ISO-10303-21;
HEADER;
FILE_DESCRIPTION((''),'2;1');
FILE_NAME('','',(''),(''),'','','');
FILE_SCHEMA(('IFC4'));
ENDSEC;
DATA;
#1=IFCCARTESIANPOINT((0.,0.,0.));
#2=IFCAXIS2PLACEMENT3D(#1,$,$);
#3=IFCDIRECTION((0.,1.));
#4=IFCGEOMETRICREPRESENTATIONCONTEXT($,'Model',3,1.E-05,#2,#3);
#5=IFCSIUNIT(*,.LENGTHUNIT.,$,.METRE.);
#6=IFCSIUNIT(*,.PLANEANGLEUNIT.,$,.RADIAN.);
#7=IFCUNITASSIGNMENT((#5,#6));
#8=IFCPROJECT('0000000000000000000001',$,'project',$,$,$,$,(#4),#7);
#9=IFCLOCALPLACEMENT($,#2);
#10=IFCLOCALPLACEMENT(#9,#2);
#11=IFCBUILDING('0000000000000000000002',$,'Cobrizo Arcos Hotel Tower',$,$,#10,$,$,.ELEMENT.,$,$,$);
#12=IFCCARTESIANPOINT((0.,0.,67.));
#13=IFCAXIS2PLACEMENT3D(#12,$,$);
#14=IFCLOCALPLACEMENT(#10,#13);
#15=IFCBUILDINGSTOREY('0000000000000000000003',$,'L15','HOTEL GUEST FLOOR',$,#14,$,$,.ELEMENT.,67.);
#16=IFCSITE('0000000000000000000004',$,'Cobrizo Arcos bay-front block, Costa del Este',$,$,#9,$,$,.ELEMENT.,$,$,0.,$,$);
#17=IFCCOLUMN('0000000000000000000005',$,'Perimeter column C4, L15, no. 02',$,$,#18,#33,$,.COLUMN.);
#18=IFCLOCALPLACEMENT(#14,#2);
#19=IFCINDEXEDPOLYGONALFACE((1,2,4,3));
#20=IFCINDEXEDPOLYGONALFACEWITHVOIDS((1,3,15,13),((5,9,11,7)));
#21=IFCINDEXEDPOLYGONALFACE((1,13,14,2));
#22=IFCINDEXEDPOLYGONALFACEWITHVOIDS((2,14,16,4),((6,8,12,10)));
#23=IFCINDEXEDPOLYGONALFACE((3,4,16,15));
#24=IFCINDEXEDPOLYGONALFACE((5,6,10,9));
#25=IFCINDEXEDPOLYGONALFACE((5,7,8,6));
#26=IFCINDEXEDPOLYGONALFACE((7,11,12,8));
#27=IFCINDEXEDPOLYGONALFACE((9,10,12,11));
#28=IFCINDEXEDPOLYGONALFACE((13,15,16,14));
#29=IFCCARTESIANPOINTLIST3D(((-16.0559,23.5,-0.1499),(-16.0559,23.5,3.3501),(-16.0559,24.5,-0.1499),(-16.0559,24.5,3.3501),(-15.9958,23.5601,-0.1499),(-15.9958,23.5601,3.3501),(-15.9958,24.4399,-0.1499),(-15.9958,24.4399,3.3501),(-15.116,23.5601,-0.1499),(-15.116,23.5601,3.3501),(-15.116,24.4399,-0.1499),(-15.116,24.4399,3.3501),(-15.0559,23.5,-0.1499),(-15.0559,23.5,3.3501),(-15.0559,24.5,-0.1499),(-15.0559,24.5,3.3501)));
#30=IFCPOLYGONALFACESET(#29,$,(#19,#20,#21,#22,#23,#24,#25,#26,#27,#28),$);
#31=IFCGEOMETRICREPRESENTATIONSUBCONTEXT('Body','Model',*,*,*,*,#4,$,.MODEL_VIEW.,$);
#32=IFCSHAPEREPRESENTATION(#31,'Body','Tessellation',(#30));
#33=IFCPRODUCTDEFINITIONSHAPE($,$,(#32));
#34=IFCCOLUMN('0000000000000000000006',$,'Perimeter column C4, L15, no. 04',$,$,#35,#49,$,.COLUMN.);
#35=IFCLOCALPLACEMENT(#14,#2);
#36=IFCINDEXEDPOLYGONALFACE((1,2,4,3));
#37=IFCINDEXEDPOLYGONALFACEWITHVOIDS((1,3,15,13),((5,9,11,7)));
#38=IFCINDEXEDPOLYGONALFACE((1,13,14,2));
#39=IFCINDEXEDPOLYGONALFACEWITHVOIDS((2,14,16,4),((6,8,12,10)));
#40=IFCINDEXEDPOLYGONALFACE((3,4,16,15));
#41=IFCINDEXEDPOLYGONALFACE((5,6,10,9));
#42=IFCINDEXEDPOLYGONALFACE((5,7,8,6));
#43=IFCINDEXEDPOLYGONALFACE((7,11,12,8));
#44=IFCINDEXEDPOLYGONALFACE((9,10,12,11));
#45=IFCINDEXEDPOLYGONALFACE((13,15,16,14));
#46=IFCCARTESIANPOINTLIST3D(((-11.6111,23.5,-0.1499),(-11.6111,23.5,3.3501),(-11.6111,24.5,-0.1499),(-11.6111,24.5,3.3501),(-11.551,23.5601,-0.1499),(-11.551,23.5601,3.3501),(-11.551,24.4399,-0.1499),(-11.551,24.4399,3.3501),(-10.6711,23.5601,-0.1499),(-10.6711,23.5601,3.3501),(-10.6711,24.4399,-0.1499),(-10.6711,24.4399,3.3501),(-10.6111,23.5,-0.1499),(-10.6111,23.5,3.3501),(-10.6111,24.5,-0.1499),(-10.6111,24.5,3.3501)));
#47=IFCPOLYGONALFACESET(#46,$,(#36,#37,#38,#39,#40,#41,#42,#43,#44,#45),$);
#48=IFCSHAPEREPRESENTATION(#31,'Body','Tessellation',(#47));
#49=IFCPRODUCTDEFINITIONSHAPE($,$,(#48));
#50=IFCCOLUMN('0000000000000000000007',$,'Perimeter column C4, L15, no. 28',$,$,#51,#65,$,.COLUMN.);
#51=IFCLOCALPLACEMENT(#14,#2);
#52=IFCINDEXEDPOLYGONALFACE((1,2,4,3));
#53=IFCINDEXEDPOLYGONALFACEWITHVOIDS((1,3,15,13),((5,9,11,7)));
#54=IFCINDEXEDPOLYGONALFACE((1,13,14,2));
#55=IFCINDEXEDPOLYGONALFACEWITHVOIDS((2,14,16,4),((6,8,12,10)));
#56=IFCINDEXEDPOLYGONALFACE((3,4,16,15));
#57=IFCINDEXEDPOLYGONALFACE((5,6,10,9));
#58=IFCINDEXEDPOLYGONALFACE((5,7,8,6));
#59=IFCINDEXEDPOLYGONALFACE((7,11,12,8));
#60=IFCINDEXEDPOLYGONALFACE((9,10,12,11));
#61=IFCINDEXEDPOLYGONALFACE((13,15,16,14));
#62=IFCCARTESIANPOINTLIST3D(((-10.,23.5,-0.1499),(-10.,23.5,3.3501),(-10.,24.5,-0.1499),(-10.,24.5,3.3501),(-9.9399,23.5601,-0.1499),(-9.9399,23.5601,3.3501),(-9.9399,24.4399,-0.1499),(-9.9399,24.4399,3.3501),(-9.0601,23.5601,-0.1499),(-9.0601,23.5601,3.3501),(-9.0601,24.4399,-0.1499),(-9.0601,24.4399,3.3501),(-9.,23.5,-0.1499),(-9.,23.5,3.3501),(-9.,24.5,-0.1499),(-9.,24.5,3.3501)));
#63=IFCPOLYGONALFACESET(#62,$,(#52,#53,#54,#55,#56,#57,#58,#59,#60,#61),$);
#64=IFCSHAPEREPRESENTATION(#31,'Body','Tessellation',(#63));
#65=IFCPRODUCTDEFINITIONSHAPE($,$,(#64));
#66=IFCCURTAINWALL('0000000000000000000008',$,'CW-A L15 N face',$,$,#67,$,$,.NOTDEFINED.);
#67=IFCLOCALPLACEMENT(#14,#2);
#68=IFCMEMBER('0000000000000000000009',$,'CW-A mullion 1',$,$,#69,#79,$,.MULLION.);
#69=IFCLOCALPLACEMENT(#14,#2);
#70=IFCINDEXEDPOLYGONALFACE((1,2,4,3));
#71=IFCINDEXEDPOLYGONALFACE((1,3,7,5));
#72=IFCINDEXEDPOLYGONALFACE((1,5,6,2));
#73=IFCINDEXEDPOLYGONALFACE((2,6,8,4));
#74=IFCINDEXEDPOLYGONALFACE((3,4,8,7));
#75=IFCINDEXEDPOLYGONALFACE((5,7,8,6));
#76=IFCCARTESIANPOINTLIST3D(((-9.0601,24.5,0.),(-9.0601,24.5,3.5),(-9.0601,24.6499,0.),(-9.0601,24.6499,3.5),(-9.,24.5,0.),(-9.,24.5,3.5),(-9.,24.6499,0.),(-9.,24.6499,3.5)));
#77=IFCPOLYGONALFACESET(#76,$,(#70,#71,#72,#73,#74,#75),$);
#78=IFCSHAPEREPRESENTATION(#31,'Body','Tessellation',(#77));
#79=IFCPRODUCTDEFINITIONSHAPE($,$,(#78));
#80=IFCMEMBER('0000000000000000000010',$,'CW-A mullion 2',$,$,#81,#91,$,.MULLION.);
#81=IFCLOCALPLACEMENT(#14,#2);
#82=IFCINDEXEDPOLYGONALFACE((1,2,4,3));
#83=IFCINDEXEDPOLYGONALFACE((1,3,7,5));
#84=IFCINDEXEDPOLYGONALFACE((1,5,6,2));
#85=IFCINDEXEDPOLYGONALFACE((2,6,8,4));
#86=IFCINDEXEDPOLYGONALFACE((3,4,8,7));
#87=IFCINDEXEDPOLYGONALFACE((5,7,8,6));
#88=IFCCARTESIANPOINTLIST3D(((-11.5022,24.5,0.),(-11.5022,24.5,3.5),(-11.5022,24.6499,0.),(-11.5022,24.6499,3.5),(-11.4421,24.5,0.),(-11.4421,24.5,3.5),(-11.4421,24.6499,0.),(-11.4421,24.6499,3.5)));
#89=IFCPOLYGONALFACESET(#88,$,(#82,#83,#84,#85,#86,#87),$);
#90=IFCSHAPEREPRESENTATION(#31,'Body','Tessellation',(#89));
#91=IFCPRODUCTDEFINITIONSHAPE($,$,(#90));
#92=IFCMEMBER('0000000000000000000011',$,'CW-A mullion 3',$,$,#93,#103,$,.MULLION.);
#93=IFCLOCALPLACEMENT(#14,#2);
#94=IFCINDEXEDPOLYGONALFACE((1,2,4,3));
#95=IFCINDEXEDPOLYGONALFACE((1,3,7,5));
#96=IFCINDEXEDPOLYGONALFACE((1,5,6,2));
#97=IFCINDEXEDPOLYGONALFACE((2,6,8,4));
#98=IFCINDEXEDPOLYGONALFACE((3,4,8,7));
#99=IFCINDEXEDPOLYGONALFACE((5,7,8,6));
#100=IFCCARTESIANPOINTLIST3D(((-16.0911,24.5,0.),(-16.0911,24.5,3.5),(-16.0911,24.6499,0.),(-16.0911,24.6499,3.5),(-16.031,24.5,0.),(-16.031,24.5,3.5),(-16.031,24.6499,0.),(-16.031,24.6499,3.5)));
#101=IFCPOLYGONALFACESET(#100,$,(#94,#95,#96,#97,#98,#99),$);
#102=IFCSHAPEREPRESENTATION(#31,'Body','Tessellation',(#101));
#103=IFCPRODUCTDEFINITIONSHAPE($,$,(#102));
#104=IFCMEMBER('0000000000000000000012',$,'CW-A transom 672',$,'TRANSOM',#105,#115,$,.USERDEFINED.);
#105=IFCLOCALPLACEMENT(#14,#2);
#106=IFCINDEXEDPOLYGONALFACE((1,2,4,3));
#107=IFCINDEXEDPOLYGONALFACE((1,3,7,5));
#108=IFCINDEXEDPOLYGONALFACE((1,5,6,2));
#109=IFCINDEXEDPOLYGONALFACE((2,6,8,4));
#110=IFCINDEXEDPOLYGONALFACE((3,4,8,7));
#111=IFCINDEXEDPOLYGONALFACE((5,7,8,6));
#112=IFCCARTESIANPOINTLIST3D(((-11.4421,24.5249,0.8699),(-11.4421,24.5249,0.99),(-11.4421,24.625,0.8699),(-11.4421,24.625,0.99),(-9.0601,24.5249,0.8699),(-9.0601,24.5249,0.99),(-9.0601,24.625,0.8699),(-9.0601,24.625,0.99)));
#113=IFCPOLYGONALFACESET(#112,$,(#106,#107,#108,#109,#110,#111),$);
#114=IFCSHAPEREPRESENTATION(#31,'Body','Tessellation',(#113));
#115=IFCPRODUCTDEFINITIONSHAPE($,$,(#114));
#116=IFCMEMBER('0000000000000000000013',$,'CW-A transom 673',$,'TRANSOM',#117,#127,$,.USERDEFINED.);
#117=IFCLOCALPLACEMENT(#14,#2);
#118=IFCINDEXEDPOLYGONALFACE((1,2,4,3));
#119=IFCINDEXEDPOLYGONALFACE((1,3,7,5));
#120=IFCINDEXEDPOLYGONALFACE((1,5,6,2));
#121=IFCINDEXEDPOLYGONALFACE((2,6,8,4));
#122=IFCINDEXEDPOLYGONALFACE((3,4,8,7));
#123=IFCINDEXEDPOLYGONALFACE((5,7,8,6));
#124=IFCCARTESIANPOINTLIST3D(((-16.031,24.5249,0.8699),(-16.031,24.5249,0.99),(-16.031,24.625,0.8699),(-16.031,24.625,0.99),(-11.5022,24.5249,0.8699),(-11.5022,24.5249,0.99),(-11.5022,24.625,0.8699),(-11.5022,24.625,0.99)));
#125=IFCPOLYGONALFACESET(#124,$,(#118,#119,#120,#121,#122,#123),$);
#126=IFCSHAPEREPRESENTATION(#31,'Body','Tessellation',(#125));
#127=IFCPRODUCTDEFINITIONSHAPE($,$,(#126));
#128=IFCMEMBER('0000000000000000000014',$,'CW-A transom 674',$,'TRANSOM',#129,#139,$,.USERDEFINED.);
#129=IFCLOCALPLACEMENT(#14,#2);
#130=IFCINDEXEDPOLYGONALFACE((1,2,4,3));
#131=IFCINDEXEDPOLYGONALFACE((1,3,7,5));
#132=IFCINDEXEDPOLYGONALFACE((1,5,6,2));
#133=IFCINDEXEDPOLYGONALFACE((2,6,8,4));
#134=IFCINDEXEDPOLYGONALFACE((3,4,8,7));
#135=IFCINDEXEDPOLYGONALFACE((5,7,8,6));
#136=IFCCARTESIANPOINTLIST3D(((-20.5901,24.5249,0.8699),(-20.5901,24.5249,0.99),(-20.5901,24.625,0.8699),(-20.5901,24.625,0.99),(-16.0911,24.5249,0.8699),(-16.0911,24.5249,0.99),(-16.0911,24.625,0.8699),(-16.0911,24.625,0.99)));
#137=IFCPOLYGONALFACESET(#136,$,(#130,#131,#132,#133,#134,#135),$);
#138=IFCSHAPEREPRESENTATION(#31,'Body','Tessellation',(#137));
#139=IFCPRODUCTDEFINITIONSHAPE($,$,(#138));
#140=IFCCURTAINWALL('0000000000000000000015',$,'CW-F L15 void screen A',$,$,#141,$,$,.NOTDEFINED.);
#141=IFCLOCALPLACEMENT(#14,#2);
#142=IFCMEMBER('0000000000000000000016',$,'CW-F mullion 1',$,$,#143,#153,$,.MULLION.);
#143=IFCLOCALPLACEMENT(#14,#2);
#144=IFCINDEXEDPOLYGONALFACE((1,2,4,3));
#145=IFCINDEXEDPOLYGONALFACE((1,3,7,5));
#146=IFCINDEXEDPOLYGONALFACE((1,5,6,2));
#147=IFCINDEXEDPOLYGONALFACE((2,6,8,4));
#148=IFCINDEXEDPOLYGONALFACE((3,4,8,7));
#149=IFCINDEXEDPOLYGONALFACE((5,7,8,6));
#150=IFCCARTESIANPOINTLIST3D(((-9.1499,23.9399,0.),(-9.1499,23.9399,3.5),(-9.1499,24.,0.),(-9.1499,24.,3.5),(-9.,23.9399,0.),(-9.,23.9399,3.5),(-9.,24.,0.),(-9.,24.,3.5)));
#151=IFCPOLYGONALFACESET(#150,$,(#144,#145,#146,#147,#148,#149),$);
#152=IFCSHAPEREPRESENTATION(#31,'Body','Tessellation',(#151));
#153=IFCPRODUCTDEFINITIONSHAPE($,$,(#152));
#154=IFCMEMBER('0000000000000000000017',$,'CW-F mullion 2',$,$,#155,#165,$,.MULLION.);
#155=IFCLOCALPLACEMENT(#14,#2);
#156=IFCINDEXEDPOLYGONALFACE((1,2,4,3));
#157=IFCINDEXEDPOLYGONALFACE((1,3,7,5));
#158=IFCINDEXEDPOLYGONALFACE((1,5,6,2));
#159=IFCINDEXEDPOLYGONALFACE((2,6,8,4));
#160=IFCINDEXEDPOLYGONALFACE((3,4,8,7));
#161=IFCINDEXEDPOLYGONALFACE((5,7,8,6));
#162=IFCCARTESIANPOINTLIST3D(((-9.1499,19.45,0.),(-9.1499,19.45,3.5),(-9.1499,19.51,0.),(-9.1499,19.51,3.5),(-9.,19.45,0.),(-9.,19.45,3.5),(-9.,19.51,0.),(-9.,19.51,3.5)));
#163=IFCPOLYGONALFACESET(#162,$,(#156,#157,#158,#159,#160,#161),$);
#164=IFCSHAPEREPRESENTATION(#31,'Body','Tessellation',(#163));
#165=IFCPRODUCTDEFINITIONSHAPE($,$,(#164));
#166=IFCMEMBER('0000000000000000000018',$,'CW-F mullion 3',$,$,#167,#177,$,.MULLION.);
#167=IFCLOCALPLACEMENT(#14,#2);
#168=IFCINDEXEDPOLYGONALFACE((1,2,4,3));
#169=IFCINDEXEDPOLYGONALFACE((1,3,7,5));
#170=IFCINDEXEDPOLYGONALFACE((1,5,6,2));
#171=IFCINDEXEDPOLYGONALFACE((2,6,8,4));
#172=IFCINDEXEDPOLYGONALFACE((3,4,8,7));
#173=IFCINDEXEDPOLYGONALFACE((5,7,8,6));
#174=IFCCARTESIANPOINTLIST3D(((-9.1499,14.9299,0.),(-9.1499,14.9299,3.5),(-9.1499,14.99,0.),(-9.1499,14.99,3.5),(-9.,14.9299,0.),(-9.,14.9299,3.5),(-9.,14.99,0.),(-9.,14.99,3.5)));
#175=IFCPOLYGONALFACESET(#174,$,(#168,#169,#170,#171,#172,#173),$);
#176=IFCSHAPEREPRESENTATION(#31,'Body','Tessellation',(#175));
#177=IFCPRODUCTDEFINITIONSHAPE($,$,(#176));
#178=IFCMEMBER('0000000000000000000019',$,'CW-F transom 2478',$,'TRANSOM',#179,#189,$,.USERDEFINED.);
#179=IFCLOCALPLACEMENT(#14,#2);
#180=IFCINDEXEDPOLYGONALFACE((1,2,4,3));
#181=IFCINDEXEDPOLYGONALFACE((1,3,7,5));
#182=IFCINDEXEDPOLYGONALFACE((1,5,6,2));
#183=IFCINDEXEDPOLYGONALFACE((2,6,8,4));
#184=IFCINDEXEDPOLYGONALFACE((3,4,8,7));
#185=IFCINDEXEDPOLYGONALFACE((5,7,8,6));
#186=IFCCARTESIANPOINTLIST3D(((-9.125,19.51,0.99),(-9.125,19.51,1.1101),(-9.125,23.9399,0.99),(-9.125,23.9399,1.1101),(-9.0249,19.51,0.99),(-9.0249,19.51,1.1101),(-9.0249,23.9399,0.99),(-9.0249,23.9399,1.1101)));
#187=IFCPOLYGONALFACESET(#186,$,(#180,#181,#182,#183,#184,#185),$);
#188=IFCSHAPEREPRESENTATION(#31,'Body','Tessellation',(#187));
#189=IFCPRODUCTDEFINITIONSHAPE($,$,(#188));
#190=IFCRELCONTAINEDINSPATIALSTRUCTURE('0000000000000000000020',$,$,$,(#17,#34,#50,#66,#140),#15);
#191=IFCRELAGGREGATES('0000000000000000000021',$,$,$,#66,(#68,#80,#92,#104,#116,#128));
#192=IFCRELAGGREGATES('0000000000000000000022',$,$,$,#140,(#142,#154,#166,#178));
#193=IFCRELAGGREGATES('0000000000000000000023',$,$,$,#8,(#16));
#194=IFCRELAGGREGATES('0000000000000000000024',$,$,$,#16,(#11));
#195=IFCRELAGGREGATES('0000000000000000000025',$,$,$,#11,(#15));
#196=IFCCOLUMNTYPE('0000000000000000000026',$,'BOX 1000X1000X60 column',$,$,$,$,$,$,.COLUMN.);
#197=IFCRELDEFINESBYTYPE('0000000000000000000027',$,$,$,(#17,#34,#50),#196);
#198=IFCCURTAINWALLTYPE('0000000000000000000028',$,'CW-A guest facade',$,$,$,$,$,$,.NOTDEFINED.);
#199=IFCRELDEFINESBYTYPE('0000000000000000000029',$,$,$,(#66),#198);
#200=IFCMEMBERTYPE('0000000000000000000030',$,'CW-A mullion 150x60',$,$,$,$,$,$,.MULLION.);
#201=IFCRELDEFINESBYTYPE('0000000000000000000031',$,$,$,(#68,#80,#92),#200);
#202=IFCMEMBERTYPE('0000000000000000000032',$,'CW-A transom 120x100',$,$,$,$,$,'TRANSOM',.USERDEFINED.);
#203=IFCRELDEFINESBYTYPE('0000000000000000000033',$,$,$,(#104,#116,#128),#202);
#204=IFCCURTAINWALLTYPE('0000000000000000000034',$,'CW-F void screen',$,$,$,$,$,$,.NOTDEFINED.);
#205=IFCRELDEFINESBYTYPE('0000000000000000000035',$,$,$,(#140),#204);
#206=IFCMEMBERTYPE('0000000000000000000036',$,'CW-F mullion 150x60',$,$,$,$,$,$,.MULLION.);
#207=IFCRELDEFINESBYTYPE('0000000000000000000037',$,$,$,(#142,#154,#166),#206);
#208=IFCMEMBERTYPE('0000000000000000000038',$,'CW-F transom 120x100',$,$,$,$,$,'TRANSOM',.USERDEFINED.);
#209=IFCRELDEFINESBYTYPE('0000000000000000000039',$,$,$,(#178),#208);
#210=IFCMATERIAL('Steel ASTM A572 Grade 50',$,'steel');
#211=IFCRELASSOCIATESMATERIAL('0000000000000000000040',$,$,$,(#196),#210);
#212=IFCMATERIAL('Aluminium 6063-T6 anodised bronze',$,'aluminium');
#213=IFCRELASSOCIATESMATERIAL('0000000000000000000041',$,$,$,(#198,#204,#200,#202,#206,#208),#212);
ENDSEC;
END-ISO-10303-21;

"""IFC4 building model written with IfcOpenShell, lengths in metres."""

from ifc_helpers import new_model, si_unit, direction, frame, origin, origin_2d, place, context, subcontext, project, spatial, rectangle, hollow_rectangle, extrude, material, material_profile, profile_set, type_object, element, aggregate, save


model = new_model("IFC4")

# Units and contexts
model_context = context("Model", 3, precision=1e-05, world=origin(), true_north=direction((0.0, 1.0)))
body_context = subcontext(model_context, "Body", "Model", "MODEL_VIEW")
ifc_project = project(units=[si_unit("LENGTHUNIT", "METRE"), si_unit("PLANEANGLEUNIT", "RADIAN")], contexts=[model_context])

# Site, building, storey
site_placement = place(None, origin())
site = spatial("IfcSite", under=ifc_project, at=site_placement, Name="Cobrizo Arcos bay-front block, Costa del Este", CompositionType="ELEMENT", RefElevation=0.0)
building_placement = place(site_placement, origin())
building = spatial("IfcBuilding", under=site, at=building_placement, Name="Cobrizo Arcos Hotel Tower", CompositionType="ELEMENT")
storey_placement = place(building_placement, frame((0.0, 0.0, 67.0)))
storey = spatial("IfcBuildingStorey", under=building, at=storey_placement, Name="L15", Description="HOTEL GUEST FLOOR", CompositionType="ELEMENT", Elevation=67.0)

# Columns
ifc_material_1 = material(Name="Steel ASTM A572 Grade 50", Category="steel")
ifc_material_profile_1 = material_profile(ifc_material_1, hollow_rectangle(XDim=1.0, YDim=1.0, WallThickness=0.0601, at=origin_2d()), Name="BOX 1000X1000X60")
ifc_profile_set_1 = profile_set([ifc_material_profile_1], Name="Steel ASTM A572 Grade 50")
column_type = type_object("IfcColumnType", Name="BOX 1000X1000X60 column", PredefinedType="COLUMN", material=ifc_profile_set_1)
for number, where, z_axis, x_axis, name in (
    (1, (-15.5559, 24.0, -0.1499), (0.0, 0.0, 1.0), (1.0, 0.0, 0.0), "Perimeter column C4, L15, no. 02"),
    (2, (-11.1111, 24.0, -0.1499), (0.0, 0.0, 1.0), (1.0, 0.0, 0.0), "Perimeter column C4, L15, no. 04"),
    (3, (-9.5, 24.0, -0.1499), (0.0, 0.0, 1.0), (1.0, 0.0, 0.0), "Perimeter column C4, L15, no. 28"),
):
    element("IfcColumn", number, at=place(storey_placement, frame(where, z_axis=z_axis, x_axis=x_axis)), inside=storey, type_object=column_type, Name=name, PredefinedType="COLUMN", context=body_context, shape_type="SweptSolid", body=[
        extrude(hollow_rectangle(XDim=1.0, YDim=1.0, WallThickness=0.0601, at=origin_2d()), origin(), (0.0, 0.0, 1.0), 3.5),
    ])

# Curtain walls, members
ifc_material_2 = material(Name="Aluminium 6063-T6 anodised bronze", Category="aluminium")
curtain_wall_type_1 = type_object("IfcCurtainWallType", Name="CW-A guest facade", PredefinedType="NOTDEFINED", material=ifc_material_2)
curtain_wall_1_placement = place(storey_placement, origin())
curtain_wall_1 = element("IfcCurtainWall", 4, at=curtain_wall_1_placement, inside=storey, type_object=curtain_wall_type_1, Name="CW-A L15 N face", PredefinedType="NOTDEFINED")
ifc_material_profile_2 = material_profile(ifc_material_2, rectangle(XDim=0.1499, YDim=0.0601, at=origin_2d()), Name="CW-A mullion 150x60")
ifc_profile_set_2 = profile_set([ifc_material_profile_2], Name="Aluminium 6063-T6 anodised bronze")
member_type_1 = type_object("IfcMemberType", Name="CW-A mullion 150x60", PredefinedType="MULLION", material=ifc_profile_set_2)
member_1_placement = place(storey_placement, frame((-9.03, 24.575, 0.0), z_axis=(0.0, 0.0, 1.0), x_axis=(0.0, 1.0, 0.0)))
member_1 = element("IfcMember", 5, at=member_1_placement, type_object=member_type_1, Name="CW-A mullion 1", PredefinedType="MULLION", context=body_context, shape_type="SweptSolid", body=[
    extrude(rectangle(XDim=0.1499, YDim=0.0601, at=origin_2d()), origin(), (0.0, 0.0, 1.0), 3.5),
])
member_2_placement = place(storey_placement, frame((-11.4722, 24.575, 0.0), z_axis=(0.0, 0.0, 1.0), x_axis=(0.0, 1.0, 0.0)))
member_2 = element("IfcMember", 6, at=member_2_placement, type_object=member_type_1, Name="CW-A mullion 2", PredefinedType="MULLION", context=body_context, shape_type="SweptSolid", body=[
    extrude(rectangle(XDim=0.1499, YDim=0.0601, at=origin_2d()), origin(), (0.0, 0.0, 1.0), 3.5),
])
member_3_placement = place(storey_placement, frame((-16.061, 24.575, 0.0), z_axis=(0.0, 0.0, 1.0), x_axis=(0.0, 1.0, 0.0)))
member_3 = element("IfcMember", 7, at=member_3_placement, type_object=member_type_1, Name="CW-A mullion 3", PredefinedType="MULLION", context=body_context, shape_type="SweptSolid", body=[
    extrude(rectangle(XDim=0.1499, YDim=0.0601, at=origin_2d()), origin(), (0.0, 0.0, 1.0), 3.5),
])
ifc_material_profile_3 = material_profile(ifc_material_2, rectangle(XDim=0.1001, YDim=0.1201, at=origin_2d()), Name="CW-A transom 120x100")
ifc_profile_set_3 = profile_set([ifc_material_profile_3], Name="Aluminium 6063-T6 anodised bronze")
member_type_2 = type_object("IfcMemberType", Name="CW-A transom 120x100", ElementType="TRANSOM", PredefinedType="USERDEFINED", material=ifc_profile_set_3)
member_4_placement = place(storey_placement, frame((-9.0601, 24.575, 0.9299), z_axis=(-1.0, 0.0, 0.0), x_axis=(0.0, -1.0, 0.0)))
member_4 = element("IfcMember", 8, at=member_4_placement, type_object=member_type_2, Name="CW-A transom 672", ObjectType="TRANSOM", PredefinedType="USERDEFINED", context=body_context, shape_type="SweptSolid", body=[
    extrude(rectangle(XDim=0.1001, YDim=0.1201, at=origin_2d()), origin(), (0.0, 0.0, 1.0), 2.3821),
])
member_5_placement = place(storey_placement, frame((-11.5022, 24.575, 0.9299), z_axis=(-1.0, 0.0, 0.0), x_axis=(0.0, -1.0, 0.0)))
member_5 = element("IfcMember", 9, at=member_5_placement, type_object=member_type_2, Name="CW-A transom 673", ObjectType="TRANSOM", PredefinedType="USERDEFINED", context=body_context, shape_type="SweptSolid", body=[
    extrude(rectangle(XDim=0.1001, YDim=0.1201, at=origin_2d()), origin(), (0.0, 0.0, 1.0), 4.5288),
])
member_6_placement = place(storey_placement, frame((-16.0911, 24.575, 0.9299), z_axis=(-1.0, 0.0, 0.0), x_axis=(0.0, -1.0, 0.0)))
member_6 = element("IfcMember", 10, at=member_6_placement, type_object=member_type_2, Name="CW-A transom 674", ObjectType="TRANSOM", PredefinedType="USERDEFINED", context=body_context, shape_type="SweptSolid", body=[
    extrude(rectangle(XDim=0.1001, YDim=0.1201, at=origin_2d()), origin(), (0.0, 0.0, 1.0), 4.499),
])
curtain_wall_type_2 = type_object("IfcCurtainWallType", Name="CW-F void screen", PredefinedType="NOTDEFINED", material=ifc_material_2)
curtain_wall_2_placement = place(storey_placement, origin())
curtain_wall_2 = element("IfcCurtainWall", 11, at=curtain_wall_2_placement, inside=storey, type_object=curtain_wall_type_2, Name="CW-F L15 void screen A", PredefinedType="NOTDEFINED")
ifc_material_profile_4 = material_profile(ifc_material_2, rectangle(XDim=0.1499, YDim=0.0601, at=origin_2d()), Name="CW-F mullion 150x60")
ifc_profile_set_4 = profile_set([ifc_material_profile_4], Name="Aluminium 6063-T6 anodised bronze")
member_type_3 = type_object("IfcMemberType", Name="CW-F mullion 150x60", PredefinedType="MULLION", material=ifc_profile_set_4)
member_7_placement = place(storey_placement, frame((-9.075, 23.97, 0.0), z_axis=(0.0, 0.0, 1.0), x_axis=(-1.0, 0.0, 0.0)))
member_7 = element("IfcMember", 12, at=member_7_placement, type_object=member_type_3, Name="CW-F mullion 1", PredefinedType="MULLION", context=body_context, shape_type="SweptSolid", body=[
    extrude(rectangle(XDim=0.1499, YDim=0.0601, at=origin_2d()), origin(), (0.0, 0.0, 1.0), 3.5),
])
member_8_placement = place(storey_placement, frame((-9.075, 19.48, 0.0), z_axis=(0.0, 0.0, 1.0), x_axis=(-1.0, 0.0, 0.0)))
member_8 = element("IfcMember", 13, at=member_8_placement, type_object=member_type_3, Name="CW-F mullion 2", PredefinedType="MULLION", context=body_context, shape_type="SweptSolid", body=[
    extrude(rectangle(XDim=0.1499, YDim=0.0601, at=origin_2d()), origin(), (0.0, 0.0, 1.0), 3.5),
])
member_9_placement = place(storey_placement, frame((-9.075, 14.96, 0.0), z_axis=(0.0, 0.0, 1.0), x_axis=(-1.0, 0.0, 0.0)))
member_9 = element("IfcMember", 14, at=member_9_placement, type_object=member_type_3, Name="CW-F mullion 3", PredefinedType="MULLION", context=body_context, shape_type="SweptSolid", body=[
    extrude(rectangle(XDim=0.1499, YDim=0.0601, at=origin_2d()), origin(), (0.0, 0.0, 1.0), 3.5),
])
ifc_material_profile_5 = material_profile(ifc_material_2, rectangle(XDim=0.1001, YDim=0.1201, at=origin_2d()), Name="CW-F transom 120x100")
ifc_profile_set_5 = profile_set([ifc_material_profile_5], Name="Aluminium 6063-T6 anodised bronze")
member_type_4 = type_object("IfcMemberType", Name="CW-F transom 120x100", ElementType="TRANSOM", PredefinedType="USERDEFINED", material=ifc_profile_set_5)
member_10_placement = place(storey_placement, frame((-9.075, 23.9399, 1.05), z_axis=(0.0, -1.0, 0.0), x_axis=(1.0, 0.0, 0.0)))
member_10 = element("IfcMember", 15, at=member_10_placement, type_object=member_type_4, Name="CW-F transom 2478", ObjectType="TRANSOM", PredefinedType="USERDEFINED", context=body_context, shape_type="SweptSolid", body=[
    extrude(rectangle(XDim=0.1001, YDim=0.1201, at=origin_2d()), origin(), (0.0, 0.0, 1.0), 4.4299),
])

aggregate(curtain_wall_1, [member_1, member_2, member_3, member_4, member_5, member_6])
aggregate(curtain_wall_2, [member_7, member_8, member_9, member_10])

save(model, "model.ifc")
